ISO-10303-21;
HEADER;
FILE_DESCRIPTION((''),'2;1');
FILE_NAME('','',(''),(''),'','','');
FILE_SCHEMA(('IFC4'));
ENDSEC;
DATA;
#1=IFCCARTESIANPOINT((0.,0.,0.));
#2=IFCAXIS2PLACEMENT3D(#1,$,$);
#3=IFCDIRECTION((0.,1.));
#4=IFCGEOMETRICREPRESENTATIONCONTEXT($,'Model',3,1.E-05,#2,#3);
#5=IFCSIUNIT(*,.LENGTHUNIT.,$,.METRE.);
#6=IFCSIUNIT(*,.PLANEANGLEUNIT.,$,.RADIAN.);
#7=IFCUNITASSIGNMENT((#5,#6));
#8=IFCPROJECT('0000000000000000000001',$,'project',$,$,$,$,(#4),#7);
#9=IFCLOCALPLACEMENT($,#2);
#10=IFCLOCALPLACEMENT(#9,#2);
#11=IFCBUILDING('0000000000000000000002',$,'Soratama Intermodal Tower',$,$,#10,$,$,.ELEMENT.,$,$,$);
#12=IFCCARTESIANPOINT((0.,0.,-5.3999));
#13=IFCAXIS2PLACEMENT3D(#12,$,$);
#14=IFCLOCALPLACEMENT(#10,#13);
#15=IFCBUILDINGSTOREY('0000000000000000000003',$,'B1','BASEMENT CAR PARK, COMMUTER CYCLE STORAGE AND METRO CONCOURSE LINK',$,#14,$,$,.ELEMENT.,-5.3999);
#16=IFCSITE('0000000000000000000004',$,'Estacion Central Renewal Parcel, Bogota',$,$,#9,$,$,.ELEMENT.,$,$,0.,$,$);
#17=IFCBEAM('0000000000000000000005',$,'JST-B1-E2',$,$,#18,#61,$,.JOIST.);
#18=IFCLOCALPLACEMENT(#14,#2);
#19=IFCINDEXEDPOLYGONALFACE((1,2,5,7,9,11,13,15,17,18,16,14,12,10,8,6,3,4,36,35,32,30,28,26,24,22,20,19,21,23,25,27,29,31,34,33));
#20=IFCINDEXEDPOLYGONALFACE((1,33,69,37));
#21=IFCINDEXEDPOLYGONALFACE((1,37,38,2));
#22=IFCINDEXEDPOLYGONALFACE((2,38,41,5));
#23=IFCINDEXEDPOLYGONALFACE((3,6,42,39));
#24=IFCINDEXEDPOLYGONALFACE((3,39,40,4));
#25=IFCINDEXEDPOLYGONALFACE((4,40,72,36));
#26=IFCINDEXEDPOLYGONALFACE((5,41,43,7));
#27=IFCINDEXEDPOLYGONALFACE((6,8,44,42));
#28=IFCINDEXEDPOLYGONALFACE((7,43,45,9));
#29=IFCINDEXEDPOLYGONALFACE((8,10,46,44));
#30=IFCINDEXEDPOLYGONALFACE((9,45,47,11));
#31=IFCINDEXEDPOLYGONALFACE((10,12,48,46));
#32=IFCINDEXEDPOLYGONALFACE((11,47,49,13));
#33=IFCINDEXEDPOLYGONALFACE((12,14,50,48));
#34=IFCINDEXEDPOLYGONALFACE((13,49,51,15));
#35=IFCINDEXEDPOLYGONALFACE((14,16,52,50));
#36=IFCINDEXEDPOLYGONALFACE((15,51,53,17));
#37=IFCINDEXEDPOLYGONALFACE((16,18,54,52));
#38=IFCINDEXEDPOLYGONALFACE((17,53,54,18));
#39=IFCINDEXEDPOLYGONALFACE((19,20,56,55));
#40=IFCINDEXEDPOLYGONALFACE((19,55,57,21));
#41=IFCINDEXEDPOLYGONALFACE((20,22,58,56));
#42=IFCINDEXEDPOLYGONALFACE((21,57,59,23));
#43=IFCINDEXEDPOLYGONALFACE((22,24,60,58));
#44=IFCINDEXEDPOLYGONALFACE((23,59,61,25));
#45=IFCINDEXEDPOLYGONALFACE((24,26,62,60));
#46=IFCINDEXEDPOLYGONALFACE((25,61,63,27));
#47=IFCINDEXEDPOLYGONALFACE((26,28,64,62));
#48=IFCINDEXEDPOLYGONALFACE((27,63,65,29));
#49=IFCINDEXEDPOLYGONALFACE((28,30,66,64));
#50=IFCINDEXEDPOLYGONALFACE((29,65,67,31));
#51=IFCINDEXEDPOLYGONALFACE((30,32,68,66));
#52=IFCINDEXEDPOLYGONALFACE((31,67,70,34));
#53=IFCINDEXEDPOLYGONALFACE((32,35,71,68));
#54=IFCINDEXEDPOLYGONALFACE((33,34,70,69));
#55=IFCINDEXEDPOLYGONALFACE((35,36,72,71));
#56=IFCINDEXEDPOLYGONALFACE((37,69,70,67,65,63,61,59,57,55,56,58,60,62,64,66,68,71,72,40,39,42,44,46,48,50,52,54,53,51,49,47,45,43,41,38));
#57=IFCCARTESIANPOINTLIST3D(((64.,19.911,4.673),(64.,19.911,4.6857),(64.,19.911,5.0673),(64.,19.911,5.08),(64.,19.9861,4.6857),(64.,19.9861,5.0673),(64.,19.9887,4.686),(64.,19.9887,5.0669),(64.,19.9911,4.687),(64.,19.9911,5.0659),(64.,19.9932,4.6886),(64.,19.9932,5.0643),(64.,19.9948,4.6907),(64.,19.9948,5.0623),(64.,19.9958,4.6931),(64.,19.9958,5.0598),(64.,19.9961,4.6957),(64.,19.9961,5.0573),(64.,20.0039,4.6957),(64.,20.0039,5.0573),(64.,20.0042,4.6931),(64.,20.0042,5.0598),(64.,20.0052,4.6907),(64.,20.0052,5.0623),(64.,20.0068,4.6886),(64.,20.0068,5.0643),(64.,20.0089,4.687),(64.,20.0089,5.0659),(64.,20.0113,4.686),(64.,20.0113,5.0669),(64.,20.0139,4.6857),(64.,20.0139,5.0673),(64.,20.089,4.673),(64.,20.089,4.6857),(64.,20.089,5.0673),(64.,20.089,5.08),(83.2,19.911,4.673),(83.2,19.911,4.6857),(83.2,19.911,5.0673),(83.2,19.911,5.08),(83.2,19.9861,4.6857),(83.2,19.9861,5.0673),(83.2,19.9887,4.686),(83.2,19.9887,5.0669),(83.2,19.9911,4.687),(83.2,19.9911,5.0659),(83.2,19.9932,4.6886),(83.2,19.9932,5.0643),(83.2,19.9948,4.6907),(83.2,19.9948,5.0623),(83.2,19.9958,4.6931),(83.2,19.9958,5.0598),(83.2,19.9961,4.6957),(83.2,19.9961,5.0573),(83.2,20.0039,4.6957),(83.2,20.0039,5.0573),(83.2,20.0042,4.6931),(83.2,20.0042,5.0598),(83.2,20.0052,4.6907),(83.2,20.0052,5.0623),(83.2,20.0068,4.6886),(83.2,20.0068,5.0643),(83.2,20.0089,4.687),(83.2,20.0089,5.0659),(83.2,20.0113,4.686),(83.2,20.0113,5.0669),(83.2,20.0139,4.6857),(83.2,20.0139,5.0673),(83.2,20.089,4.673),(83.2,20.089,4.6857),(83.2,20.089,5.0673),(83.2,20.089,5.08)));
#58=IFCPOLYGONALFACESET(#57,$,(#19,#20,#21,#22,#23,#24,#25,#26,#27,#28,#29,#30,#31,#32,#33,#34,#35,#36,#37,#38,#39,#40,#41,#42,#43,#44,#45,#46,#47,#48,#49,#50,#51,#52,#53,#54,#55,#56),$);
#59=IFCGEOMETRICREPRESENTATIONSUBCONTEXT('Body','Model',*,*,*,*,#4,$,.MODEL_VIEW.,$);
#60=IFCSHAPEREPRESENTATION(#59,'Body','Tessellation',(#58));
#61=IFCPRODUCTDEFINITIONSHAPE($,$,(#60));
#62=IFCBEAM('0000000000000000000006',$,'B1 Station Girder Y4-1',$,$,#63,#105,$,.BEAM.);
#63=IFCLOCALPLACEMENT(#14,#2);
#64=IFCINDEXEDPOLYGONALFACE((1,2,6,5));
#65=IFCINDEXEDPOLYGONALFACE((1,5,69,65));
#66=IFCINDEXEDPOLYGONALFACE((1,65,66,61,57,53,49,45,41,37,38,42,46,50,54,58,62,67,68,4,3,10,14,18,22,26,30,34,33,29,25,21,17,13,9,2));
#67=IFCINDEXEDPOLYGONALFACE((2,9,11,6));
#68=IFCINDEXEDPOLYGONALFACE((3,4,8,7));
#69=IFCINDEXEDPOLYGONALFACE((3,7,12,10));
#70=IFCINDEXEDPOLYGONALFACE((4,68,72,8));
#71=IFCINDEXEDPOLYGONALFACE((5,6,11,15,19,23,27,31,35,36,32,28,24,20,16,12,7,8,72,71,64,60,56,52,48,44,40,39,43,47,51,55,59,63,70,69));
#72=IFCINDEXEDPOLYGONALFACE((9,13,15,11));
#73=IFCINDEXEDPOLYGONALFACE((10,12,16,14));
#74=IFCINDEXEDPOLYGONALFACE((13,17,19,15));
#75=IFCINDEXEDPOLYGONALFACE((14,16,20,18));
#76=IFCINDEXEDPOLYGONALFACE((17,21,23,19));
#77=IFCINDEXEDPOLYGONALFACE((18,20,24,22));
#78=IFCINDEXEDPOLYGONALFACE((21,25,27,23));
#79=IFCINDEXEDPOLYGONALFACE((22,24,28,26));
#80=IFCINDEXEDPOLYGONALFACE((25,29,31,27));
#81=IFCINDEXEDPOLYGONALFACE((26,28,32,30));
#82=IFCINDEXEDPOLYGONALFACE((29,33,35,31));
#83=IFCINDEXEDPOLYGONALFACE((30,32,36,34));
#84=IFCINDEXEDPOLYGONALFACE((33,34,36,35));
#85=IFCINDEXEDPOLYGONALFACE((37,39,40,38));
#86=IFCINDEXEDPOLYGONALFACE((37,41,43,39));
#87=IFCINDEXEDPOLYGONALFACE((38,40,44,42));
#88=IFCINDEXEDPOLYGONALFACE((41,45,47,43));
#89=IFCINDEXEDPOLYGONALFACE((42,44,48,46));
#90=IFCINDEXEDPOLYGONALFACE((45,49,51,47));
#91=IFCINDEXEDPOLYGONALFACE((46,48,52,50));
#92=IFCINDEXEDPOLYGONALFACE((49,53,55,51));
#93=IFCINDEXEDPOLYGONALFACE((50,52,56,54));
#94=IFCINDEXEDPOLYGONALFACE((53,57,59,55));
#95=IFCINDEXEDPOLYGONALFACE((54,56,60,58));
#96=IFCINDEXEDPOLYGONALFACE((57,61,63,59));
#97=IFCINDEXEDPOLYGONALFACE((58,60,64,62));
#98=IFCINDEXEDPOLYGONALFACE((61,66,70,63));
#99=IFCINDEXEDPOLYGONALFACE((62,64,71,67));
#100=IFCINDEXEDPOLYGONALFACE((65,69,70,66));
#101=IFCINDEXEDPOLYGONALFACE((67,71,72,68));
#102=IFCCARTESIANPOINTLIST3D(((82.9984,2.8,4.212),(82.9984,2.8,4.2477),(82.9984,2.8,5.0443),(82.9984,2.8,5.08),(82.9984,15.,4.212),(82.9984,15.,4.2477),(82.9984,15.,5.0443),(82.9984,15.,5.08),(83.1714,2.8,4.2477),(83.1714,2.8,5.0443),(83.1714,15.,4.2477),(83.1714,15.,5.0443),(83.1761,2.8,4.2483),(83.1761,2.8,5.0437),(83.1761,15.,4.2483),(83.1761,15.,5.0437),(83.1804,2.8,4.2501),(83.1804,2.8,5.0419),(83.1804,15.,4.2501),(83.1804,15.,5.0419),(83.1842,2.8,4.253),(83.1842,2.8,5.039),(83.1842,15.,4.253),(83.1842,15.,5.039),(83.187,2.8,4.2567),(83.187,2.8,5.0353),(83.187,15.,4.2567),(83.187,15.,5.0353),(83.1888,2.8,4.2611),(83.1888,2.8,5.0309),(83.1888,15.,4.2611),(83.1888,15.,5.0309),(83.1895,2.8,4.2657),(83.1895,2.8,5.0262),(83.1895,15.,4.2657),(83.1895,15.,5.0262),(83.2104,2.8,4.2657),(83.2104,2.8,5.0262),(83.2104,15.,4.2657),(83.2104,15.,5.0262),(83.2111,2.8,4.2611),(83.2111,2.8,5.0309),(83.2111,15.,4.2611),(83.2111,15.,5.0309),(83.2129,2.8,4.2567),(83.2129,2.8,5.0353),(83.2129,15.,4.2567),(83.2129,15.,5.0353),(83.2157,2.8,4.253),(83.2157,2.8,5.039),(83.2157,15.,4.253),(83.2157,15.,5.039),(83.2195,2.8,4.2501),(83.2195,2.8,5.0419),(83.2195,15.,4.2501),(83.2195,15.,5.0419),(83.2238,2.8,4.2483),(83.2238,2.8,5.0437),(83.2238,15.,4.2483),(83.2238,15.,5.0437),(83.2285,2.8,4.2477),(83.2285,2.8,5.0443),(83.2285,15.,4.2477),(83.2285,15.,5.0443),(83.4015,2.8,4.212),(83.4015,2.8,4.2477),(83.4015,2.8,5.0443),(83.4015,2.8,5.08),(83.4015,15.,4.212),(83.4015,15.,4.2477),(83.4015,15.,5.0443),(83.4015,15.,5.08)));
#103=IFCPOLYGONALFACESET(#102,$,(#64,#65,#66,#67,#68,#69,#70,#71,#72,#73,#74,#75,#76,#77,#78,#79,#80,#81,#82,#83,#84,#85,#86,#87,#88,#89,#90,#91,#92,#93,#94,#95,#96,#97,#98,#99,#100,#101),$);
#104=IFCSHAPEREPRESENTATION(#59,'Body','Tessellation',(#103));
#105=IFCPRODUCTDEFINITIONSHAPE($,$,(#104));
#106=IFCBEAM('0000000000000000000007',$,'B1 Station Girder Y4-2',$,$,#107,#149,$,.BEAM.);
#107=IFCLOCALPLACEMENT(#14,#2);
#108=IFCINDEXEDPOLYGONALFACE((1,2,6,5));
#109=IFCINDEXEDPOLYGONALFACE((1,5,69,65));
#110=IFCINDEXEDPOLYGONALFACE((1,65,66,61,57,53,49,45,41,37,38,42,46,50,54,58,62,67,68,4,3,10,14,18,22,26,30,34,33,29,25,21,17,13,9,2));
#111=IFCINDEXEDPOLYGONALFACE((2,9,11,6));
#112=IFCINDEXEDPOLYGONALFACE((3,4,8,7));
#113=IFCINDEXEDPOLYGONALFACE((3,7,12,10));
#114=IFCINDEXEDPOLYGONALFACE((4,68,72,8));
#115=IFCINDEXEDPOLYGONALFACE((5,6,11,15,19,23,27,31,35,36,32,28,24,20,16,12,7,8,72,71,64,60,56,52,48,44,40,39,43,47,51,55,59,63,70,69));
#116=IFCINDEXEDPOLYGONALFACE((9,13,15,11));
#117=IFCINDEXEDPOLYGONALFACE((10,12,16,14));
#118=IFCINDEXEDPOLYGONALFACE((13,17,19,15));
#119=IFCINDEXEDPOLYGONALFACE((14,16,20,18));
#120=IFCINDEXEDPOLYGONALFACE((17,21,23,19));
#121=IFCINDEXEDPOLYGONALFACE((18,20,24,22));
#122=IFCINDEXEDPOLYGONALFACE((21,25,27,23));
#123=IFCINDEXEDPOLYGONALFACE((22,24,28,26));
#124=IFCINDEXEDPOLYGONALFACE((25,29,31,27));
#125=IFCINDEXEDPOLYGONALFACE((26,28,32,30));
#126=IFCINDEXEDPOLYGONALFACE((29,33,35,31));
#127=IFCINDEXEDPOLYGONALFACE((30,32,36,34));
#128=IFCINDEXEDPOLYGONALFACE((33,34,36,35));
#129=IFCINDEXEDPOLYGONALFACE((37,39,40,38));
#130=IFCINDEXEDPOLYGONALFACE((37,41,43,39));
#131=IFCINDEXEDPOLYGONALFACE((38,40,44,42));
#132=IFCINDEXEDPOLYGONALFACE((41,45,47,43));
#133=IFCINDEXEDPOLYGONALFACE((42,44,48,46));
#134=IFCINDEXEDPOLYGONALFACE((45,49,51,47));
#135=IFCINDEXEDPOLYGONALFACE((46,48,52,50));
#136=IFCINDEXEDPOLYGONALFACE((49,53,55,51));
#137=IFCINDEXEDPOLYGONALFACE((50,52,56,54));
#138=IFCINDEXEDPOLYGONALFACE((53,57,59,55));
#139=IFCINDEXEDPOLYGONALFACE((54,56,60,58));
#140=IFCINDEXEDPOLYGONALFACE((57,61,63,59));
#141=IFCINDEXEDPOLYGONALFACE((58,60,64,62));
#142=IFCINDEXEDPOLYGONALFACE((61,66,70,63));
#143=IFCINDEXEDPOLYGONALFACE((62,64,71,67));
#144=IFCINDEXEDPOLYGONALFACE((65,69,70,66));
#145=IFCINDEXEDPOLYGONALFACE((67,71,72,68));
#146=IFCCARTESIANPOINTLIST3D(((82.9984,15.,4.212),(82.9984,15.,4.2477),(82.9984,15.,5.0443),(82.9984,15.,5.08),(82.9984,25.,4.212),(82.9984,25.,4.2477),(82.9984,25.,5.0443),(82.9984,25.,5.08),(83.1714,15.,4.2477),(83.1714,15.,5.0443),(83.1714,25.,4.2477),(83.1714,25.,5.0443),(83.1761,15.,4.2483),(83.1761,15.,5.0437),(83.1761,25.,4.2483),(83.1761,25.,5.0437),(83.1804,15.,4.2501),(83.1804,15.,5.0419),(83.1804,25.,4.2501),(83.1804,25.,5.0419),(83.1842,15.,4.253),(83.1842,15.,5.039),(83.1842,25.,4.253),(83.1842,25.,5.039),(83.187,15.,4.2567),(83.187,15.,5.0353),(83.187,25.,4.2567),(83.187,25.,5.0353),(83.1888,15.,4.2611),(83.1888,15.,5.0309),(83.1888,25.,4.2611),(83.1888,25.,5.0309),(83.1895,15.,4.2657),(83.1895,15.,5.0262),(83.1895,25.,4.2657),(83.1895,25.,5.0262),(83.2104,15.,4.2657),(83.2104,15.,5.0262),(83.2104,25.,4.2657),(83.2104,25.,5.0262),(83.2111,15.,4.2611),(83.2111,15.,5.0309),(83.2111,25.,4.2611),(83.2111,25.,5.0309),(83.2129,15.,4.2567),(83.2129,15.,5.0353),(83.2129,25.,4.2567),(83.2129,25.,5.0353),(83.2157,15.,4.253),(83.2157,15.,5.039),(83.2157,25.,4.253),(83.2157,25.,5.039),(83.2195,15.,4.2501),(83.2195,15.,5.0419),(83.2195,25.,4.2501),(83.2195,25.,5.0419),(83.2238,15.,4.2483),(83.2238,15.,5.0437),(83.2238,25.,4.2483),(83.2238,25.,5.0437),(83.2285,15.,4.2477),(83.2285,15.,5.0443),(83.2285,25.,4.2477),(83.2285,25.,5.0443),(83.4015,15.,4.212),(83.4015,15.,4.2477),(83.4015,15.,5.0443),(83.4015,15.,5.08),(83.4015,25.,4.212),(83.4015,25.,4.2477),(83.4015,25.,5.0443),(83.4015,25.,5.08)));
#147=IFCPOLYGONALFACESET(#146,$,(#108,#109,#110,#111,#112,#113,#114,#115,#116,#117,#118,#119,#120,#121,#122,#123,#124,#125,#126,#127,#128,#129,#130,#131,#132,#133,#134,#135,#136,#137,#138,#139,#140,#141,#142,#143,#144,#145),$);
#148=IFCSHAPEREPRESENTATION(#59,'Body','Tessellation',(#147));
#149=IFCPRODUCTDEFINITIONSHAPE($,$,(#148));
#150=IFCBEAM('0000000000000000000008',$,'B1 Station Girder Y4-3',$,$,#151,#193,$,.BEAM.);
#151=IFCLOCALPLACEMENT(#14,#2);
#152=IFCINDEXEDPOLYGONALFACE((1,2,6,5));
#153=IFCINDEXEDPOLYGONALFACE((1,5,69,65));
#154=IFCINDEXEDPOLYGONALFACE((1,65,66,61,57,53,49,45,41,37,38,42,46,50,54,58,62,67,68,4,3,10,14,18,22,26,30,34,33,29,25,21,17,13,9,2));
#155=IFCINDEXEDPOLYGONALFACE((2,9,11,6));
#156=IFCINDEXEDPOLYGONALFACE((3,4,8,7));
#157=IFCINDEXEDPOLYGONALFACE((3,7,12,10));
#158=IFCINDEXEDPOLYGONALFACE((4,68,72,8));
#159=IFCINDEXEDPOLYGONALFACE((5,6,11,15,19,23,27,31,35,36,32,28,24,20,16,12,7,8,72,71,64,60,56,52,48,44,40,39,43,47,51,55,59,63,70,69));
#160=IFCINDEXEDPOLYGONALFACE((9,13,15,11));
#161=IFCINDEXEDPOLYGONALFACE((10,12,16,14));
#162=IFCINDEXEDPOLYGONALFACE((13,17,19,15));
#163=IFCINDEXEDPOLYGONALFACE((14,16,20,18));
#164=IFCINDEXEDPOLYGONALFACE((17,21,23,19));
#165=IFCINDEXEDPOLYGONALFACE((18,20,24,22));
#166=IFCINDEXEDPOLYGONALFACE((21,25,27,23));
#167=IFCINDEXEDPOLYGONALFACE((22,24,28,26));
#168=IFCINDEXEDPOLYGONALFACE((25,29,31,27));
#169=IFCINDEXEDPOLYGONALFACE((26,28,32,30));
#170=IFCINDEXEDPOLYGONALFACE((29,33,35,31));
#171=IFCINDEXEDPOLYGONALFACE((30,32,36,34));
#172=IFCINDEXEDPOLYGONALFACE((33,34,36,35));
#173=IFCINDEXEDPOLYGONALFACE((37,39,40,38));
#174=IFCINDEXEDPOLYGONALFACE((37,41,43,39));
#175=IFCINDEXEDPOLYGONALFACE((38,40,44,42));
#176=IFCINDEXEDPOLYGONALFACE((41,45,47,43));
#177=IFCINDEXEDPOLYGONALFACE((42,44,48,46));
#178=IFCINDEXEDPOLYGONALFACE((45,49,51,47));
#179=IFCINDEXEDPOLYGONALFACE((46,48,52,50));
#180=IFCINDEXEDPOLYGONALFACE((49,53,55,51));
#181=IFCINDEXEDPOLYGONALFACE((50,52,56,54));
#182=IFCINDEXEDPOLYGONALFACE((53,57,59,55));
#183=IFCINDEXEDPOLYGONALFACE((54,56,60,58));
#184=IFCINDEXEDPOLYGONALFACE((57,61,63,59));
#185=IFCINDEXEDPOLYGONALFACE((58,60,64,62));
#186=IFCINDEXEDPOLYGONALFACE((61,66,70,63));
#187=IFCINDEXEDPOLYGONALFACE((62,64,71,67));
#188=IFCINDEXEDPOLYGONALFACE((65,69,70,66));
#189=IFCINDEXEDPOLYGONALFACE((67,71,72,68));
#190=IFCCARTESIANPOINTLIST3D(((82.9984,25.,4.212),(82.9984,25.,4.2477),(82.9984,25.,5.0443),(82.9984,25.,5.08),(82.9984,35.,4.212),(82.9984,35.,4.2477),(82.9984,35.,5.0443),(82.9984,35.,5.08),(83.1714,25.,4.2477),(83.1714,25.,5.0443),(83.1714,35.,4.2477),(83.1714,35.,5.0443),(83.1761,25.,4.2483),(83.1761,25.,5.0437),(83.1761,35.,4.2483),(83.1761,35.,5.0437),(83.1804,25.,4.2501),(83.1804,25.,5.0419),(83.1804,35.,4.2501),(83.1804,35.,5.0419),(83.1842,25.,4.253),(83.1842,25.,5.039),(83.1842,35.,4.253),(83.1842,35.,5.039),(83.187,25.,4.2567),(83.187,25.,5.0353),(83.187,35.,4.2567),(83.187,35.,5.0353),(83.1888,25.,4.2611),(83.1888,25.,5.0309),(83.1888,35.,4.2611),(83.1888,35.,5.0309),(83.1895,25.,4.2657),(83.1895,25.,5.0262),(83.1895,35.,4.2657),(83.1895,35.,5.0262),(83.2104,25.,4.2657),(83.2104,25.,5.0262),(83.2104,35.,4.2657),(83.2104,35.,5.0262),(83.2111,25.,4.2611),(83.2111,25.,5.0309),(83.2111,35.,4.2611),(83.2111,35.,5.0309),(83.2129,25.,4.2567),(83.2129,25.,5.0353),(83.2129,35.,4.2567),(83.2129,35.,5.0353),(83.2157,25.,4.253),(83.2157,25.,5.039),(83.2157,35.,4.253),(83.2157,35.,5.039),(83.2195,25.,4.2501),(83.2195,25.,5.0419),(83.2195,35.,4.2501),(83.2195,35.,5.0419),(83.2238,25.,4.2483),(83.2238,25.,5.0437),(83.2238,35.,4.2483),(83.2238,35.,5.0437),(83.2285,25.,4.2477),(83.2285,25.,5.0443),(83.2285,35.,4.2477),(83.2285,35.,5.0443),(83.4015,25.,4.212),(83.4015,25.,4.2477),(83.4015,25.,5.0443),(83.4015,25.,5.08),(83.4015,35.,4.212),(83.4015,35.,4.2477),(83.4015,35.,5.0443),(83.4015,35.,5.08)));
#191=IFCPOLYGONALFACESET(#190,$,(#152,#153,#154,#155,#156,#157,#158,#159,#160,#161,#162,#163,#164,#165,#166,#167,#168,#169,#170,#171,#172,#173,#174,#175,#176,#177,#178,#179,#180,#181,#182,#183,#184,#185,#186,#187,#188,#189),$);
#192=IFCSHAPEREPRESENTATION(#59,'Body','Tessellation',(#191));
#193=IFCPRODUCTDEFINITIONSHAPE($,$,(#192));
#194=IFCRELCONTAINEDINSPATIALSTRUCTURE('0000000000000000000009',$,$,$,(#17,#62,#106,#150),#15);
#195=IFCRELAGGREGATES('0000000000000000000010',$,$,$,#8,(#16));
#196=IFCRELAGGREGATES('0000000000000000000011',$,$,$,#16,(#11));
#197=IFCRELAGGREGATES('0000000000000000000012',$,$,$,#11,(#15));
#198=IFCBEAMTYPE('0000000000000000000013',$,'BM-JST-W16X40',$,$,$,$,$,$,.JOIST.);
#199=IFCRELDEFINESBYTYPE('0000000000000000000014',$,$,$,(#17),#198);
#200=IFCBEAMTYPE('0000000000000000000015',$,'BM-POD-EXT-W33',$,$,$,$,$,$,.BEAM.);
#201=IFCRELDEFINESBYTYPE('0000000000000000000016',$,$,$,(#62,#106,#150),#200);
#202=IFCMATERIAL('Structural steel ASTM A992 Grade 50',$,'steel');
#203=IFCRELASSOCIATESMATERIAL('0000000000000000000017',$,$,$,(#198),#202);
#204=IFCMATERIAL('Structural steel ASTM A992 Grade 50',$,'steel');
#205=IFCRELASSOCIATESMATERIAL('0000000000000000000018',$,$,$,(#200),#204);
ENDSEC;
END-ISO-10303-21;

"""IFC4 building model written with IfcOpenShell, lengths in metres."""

from ifc_helpers import new_model, si_unit, direction, frame, origin, origin_2d, place, context, subcontext, project, spatial, i_section, extrude, material, material_profile, profile_set, type_object, element, save


model = new_model("IFC4")

# Units and contexts
model_context = context("Model", 3, precision=1e-05, world=origin(), true_north=direction((0.0, 1.0)))
body_context = subcontext(model_context, "Body", "Model", "MODEL_VIEW")
ifc_project = project(units=[si_unit("LENGTHUNIT", "METRE"), si_unit("PLANEANGLEUNIT", "RADIAN")], contexts=[model_context])

# Site, building, storey
site_placement = place(None, origin())
site = spatial("IfcSite", under=ifc_project, at=site_placement, Name="Estacion Central Renewal Parcel, Bogota", CompositionType="ELEMENT", RefElevation=0.0)
building_placement = place(site_placement, origin())
building = spatial("IfcBuilding", under=site, at=building_placement, Name="Soratama Intermodal Tower", CompositionType="ELEMENT")
storey_placement = place(building_placement, frame((0.0, 0.0, -5.3999)))
storey = spatial("IfcBuildingStorey", under=building, at=storey_placement, Name="B1", Description="BASEMENT CAR PARK, COMMUTER CYCLE STORAGE AND METRO CONCOURSE LINK", CompositionType="ELEMENT", Elevation=-5.3999)

# Beams
ifc_material_1 = material(Name="Structural steel ASTM A992 Grade 50", Category="steel")
ifc_material_profile_1 = material_profile(ifc_material_1, i_section(OverallWidth=0.178, OverallDepth=0.407, WebThickness=0.0078, FlangeThickness=0.0127, FilletRadius=0.01, at=origin_2d()), Name="W16X40")
ifc_profile_set_1 = profile_set([ifc_material_profile_1], Name="Structural steel ASTM A992 Grade 50")
beam_type_1 = type_object("IfcBeamType", Name="BM-JST-W16X40", PredefinedType="JOIST", material=ifc_profile_set_1)
for number, where, z_axis, x_axis, name in (
    (1, (64.0, 20.0, 4.8765), (1.0, 0.0, 0.0), (0.0, 1.0, 0.0), "JST-B1-E2"),
):
    element("IfcBeam", number, at=place(storey_placement, frame(where, z_axis=z_axis, x_axis=x_axis)), inside=storey, type_object=beam_type_1, Name=name, PredefinedType="JOIST", context=body_context, shape_type="SweptSolid", body=[
        extrude(i_section(OverallWidth=0.178, OverallDepth=0.407, WebThickness=0.0078, FlangeThickness=0.0127, FilletRadius=0.01, at=origin_2d()), origin(), (0.0, 0.0, 1.0), 19.2),
    ])
ifc_material_2 = material(Name="Structural steel ASTM A992 Grade 50", Category="steel")
ifc_material_profile_2 = material_profile(ifc_material_2, i_section(OverallWidth=0.4031, OverallDepth=0.8679, WebThickness=0.021, FlangeThickness=0.0356, FilletRadius=0.0181, at=origin_2d()), Name="W33X241")
ifc_profile_set_2 = profile_set([ifc_material_profile_2], Name="Structural steel ASTM A992 Grade 50")
beam_type_2 = type_object("IfcBeamType", Name="BM-POD-EXT-W33", PredefinedType="BEAM", material=ifc_profile_set_2)
beam_1_placement = place(storey_placement, frame((83.2, 2.8, 4.646), z_axis=(0.0, 1.0, 0.0), x_axis=(-1.0, 0.0, 0.0)))
element("IfcBeam", 2, at=beam_1_placement, inside=storey, type_object=beam_type_2, Name="B1 Station Girder Y4-1", PredefinedType="BEAM", context=body_context, shape_type="SweptSolid", body=[
    extrude(i_section(OverallWidth=0.4031, OverallDepth=0.8679, WebThickness=0.021, FlangeThickness=0.0356, FilletRadius=0.0181, at=origin_2d()), origin(), (0.0, 0.0, 1.0), 12.2),
])
for number, where, z_axis, x_axis, name in (
    (3, (83.2, 15.0, 4.646), (0.0, 1.0, 0.0), (-1.0, 0.0, 0.0), "B1 Station Girder Y4-2"),
    (4, (83.2, 25.0, 4.646), (0.0, 1.0, 0.0), (-1.0, 0.0, 0.0), "B1 Station Girder Y4-3"),
):
    element("IfcBeam", number, at=place(storey_placement, frame(where, z_axis=z_axis, x_axis=x_axis)), inside=storey, type_object=beam_type_2, Name=name, PredefinedType="BEAM", context=body_context, shape_type="SweptSolid", body=[
        extrude(i_section(OverallWidth=0.4031, OverallDepth=0.8679, WebThickness=0.021, FlangeThickness=0.0356, FilletRadius=0.0181, at=origin_2d()), origin(), (0.0, 0.0, 1.0), 10.0),
    ])

save(model, "model.ifc")
